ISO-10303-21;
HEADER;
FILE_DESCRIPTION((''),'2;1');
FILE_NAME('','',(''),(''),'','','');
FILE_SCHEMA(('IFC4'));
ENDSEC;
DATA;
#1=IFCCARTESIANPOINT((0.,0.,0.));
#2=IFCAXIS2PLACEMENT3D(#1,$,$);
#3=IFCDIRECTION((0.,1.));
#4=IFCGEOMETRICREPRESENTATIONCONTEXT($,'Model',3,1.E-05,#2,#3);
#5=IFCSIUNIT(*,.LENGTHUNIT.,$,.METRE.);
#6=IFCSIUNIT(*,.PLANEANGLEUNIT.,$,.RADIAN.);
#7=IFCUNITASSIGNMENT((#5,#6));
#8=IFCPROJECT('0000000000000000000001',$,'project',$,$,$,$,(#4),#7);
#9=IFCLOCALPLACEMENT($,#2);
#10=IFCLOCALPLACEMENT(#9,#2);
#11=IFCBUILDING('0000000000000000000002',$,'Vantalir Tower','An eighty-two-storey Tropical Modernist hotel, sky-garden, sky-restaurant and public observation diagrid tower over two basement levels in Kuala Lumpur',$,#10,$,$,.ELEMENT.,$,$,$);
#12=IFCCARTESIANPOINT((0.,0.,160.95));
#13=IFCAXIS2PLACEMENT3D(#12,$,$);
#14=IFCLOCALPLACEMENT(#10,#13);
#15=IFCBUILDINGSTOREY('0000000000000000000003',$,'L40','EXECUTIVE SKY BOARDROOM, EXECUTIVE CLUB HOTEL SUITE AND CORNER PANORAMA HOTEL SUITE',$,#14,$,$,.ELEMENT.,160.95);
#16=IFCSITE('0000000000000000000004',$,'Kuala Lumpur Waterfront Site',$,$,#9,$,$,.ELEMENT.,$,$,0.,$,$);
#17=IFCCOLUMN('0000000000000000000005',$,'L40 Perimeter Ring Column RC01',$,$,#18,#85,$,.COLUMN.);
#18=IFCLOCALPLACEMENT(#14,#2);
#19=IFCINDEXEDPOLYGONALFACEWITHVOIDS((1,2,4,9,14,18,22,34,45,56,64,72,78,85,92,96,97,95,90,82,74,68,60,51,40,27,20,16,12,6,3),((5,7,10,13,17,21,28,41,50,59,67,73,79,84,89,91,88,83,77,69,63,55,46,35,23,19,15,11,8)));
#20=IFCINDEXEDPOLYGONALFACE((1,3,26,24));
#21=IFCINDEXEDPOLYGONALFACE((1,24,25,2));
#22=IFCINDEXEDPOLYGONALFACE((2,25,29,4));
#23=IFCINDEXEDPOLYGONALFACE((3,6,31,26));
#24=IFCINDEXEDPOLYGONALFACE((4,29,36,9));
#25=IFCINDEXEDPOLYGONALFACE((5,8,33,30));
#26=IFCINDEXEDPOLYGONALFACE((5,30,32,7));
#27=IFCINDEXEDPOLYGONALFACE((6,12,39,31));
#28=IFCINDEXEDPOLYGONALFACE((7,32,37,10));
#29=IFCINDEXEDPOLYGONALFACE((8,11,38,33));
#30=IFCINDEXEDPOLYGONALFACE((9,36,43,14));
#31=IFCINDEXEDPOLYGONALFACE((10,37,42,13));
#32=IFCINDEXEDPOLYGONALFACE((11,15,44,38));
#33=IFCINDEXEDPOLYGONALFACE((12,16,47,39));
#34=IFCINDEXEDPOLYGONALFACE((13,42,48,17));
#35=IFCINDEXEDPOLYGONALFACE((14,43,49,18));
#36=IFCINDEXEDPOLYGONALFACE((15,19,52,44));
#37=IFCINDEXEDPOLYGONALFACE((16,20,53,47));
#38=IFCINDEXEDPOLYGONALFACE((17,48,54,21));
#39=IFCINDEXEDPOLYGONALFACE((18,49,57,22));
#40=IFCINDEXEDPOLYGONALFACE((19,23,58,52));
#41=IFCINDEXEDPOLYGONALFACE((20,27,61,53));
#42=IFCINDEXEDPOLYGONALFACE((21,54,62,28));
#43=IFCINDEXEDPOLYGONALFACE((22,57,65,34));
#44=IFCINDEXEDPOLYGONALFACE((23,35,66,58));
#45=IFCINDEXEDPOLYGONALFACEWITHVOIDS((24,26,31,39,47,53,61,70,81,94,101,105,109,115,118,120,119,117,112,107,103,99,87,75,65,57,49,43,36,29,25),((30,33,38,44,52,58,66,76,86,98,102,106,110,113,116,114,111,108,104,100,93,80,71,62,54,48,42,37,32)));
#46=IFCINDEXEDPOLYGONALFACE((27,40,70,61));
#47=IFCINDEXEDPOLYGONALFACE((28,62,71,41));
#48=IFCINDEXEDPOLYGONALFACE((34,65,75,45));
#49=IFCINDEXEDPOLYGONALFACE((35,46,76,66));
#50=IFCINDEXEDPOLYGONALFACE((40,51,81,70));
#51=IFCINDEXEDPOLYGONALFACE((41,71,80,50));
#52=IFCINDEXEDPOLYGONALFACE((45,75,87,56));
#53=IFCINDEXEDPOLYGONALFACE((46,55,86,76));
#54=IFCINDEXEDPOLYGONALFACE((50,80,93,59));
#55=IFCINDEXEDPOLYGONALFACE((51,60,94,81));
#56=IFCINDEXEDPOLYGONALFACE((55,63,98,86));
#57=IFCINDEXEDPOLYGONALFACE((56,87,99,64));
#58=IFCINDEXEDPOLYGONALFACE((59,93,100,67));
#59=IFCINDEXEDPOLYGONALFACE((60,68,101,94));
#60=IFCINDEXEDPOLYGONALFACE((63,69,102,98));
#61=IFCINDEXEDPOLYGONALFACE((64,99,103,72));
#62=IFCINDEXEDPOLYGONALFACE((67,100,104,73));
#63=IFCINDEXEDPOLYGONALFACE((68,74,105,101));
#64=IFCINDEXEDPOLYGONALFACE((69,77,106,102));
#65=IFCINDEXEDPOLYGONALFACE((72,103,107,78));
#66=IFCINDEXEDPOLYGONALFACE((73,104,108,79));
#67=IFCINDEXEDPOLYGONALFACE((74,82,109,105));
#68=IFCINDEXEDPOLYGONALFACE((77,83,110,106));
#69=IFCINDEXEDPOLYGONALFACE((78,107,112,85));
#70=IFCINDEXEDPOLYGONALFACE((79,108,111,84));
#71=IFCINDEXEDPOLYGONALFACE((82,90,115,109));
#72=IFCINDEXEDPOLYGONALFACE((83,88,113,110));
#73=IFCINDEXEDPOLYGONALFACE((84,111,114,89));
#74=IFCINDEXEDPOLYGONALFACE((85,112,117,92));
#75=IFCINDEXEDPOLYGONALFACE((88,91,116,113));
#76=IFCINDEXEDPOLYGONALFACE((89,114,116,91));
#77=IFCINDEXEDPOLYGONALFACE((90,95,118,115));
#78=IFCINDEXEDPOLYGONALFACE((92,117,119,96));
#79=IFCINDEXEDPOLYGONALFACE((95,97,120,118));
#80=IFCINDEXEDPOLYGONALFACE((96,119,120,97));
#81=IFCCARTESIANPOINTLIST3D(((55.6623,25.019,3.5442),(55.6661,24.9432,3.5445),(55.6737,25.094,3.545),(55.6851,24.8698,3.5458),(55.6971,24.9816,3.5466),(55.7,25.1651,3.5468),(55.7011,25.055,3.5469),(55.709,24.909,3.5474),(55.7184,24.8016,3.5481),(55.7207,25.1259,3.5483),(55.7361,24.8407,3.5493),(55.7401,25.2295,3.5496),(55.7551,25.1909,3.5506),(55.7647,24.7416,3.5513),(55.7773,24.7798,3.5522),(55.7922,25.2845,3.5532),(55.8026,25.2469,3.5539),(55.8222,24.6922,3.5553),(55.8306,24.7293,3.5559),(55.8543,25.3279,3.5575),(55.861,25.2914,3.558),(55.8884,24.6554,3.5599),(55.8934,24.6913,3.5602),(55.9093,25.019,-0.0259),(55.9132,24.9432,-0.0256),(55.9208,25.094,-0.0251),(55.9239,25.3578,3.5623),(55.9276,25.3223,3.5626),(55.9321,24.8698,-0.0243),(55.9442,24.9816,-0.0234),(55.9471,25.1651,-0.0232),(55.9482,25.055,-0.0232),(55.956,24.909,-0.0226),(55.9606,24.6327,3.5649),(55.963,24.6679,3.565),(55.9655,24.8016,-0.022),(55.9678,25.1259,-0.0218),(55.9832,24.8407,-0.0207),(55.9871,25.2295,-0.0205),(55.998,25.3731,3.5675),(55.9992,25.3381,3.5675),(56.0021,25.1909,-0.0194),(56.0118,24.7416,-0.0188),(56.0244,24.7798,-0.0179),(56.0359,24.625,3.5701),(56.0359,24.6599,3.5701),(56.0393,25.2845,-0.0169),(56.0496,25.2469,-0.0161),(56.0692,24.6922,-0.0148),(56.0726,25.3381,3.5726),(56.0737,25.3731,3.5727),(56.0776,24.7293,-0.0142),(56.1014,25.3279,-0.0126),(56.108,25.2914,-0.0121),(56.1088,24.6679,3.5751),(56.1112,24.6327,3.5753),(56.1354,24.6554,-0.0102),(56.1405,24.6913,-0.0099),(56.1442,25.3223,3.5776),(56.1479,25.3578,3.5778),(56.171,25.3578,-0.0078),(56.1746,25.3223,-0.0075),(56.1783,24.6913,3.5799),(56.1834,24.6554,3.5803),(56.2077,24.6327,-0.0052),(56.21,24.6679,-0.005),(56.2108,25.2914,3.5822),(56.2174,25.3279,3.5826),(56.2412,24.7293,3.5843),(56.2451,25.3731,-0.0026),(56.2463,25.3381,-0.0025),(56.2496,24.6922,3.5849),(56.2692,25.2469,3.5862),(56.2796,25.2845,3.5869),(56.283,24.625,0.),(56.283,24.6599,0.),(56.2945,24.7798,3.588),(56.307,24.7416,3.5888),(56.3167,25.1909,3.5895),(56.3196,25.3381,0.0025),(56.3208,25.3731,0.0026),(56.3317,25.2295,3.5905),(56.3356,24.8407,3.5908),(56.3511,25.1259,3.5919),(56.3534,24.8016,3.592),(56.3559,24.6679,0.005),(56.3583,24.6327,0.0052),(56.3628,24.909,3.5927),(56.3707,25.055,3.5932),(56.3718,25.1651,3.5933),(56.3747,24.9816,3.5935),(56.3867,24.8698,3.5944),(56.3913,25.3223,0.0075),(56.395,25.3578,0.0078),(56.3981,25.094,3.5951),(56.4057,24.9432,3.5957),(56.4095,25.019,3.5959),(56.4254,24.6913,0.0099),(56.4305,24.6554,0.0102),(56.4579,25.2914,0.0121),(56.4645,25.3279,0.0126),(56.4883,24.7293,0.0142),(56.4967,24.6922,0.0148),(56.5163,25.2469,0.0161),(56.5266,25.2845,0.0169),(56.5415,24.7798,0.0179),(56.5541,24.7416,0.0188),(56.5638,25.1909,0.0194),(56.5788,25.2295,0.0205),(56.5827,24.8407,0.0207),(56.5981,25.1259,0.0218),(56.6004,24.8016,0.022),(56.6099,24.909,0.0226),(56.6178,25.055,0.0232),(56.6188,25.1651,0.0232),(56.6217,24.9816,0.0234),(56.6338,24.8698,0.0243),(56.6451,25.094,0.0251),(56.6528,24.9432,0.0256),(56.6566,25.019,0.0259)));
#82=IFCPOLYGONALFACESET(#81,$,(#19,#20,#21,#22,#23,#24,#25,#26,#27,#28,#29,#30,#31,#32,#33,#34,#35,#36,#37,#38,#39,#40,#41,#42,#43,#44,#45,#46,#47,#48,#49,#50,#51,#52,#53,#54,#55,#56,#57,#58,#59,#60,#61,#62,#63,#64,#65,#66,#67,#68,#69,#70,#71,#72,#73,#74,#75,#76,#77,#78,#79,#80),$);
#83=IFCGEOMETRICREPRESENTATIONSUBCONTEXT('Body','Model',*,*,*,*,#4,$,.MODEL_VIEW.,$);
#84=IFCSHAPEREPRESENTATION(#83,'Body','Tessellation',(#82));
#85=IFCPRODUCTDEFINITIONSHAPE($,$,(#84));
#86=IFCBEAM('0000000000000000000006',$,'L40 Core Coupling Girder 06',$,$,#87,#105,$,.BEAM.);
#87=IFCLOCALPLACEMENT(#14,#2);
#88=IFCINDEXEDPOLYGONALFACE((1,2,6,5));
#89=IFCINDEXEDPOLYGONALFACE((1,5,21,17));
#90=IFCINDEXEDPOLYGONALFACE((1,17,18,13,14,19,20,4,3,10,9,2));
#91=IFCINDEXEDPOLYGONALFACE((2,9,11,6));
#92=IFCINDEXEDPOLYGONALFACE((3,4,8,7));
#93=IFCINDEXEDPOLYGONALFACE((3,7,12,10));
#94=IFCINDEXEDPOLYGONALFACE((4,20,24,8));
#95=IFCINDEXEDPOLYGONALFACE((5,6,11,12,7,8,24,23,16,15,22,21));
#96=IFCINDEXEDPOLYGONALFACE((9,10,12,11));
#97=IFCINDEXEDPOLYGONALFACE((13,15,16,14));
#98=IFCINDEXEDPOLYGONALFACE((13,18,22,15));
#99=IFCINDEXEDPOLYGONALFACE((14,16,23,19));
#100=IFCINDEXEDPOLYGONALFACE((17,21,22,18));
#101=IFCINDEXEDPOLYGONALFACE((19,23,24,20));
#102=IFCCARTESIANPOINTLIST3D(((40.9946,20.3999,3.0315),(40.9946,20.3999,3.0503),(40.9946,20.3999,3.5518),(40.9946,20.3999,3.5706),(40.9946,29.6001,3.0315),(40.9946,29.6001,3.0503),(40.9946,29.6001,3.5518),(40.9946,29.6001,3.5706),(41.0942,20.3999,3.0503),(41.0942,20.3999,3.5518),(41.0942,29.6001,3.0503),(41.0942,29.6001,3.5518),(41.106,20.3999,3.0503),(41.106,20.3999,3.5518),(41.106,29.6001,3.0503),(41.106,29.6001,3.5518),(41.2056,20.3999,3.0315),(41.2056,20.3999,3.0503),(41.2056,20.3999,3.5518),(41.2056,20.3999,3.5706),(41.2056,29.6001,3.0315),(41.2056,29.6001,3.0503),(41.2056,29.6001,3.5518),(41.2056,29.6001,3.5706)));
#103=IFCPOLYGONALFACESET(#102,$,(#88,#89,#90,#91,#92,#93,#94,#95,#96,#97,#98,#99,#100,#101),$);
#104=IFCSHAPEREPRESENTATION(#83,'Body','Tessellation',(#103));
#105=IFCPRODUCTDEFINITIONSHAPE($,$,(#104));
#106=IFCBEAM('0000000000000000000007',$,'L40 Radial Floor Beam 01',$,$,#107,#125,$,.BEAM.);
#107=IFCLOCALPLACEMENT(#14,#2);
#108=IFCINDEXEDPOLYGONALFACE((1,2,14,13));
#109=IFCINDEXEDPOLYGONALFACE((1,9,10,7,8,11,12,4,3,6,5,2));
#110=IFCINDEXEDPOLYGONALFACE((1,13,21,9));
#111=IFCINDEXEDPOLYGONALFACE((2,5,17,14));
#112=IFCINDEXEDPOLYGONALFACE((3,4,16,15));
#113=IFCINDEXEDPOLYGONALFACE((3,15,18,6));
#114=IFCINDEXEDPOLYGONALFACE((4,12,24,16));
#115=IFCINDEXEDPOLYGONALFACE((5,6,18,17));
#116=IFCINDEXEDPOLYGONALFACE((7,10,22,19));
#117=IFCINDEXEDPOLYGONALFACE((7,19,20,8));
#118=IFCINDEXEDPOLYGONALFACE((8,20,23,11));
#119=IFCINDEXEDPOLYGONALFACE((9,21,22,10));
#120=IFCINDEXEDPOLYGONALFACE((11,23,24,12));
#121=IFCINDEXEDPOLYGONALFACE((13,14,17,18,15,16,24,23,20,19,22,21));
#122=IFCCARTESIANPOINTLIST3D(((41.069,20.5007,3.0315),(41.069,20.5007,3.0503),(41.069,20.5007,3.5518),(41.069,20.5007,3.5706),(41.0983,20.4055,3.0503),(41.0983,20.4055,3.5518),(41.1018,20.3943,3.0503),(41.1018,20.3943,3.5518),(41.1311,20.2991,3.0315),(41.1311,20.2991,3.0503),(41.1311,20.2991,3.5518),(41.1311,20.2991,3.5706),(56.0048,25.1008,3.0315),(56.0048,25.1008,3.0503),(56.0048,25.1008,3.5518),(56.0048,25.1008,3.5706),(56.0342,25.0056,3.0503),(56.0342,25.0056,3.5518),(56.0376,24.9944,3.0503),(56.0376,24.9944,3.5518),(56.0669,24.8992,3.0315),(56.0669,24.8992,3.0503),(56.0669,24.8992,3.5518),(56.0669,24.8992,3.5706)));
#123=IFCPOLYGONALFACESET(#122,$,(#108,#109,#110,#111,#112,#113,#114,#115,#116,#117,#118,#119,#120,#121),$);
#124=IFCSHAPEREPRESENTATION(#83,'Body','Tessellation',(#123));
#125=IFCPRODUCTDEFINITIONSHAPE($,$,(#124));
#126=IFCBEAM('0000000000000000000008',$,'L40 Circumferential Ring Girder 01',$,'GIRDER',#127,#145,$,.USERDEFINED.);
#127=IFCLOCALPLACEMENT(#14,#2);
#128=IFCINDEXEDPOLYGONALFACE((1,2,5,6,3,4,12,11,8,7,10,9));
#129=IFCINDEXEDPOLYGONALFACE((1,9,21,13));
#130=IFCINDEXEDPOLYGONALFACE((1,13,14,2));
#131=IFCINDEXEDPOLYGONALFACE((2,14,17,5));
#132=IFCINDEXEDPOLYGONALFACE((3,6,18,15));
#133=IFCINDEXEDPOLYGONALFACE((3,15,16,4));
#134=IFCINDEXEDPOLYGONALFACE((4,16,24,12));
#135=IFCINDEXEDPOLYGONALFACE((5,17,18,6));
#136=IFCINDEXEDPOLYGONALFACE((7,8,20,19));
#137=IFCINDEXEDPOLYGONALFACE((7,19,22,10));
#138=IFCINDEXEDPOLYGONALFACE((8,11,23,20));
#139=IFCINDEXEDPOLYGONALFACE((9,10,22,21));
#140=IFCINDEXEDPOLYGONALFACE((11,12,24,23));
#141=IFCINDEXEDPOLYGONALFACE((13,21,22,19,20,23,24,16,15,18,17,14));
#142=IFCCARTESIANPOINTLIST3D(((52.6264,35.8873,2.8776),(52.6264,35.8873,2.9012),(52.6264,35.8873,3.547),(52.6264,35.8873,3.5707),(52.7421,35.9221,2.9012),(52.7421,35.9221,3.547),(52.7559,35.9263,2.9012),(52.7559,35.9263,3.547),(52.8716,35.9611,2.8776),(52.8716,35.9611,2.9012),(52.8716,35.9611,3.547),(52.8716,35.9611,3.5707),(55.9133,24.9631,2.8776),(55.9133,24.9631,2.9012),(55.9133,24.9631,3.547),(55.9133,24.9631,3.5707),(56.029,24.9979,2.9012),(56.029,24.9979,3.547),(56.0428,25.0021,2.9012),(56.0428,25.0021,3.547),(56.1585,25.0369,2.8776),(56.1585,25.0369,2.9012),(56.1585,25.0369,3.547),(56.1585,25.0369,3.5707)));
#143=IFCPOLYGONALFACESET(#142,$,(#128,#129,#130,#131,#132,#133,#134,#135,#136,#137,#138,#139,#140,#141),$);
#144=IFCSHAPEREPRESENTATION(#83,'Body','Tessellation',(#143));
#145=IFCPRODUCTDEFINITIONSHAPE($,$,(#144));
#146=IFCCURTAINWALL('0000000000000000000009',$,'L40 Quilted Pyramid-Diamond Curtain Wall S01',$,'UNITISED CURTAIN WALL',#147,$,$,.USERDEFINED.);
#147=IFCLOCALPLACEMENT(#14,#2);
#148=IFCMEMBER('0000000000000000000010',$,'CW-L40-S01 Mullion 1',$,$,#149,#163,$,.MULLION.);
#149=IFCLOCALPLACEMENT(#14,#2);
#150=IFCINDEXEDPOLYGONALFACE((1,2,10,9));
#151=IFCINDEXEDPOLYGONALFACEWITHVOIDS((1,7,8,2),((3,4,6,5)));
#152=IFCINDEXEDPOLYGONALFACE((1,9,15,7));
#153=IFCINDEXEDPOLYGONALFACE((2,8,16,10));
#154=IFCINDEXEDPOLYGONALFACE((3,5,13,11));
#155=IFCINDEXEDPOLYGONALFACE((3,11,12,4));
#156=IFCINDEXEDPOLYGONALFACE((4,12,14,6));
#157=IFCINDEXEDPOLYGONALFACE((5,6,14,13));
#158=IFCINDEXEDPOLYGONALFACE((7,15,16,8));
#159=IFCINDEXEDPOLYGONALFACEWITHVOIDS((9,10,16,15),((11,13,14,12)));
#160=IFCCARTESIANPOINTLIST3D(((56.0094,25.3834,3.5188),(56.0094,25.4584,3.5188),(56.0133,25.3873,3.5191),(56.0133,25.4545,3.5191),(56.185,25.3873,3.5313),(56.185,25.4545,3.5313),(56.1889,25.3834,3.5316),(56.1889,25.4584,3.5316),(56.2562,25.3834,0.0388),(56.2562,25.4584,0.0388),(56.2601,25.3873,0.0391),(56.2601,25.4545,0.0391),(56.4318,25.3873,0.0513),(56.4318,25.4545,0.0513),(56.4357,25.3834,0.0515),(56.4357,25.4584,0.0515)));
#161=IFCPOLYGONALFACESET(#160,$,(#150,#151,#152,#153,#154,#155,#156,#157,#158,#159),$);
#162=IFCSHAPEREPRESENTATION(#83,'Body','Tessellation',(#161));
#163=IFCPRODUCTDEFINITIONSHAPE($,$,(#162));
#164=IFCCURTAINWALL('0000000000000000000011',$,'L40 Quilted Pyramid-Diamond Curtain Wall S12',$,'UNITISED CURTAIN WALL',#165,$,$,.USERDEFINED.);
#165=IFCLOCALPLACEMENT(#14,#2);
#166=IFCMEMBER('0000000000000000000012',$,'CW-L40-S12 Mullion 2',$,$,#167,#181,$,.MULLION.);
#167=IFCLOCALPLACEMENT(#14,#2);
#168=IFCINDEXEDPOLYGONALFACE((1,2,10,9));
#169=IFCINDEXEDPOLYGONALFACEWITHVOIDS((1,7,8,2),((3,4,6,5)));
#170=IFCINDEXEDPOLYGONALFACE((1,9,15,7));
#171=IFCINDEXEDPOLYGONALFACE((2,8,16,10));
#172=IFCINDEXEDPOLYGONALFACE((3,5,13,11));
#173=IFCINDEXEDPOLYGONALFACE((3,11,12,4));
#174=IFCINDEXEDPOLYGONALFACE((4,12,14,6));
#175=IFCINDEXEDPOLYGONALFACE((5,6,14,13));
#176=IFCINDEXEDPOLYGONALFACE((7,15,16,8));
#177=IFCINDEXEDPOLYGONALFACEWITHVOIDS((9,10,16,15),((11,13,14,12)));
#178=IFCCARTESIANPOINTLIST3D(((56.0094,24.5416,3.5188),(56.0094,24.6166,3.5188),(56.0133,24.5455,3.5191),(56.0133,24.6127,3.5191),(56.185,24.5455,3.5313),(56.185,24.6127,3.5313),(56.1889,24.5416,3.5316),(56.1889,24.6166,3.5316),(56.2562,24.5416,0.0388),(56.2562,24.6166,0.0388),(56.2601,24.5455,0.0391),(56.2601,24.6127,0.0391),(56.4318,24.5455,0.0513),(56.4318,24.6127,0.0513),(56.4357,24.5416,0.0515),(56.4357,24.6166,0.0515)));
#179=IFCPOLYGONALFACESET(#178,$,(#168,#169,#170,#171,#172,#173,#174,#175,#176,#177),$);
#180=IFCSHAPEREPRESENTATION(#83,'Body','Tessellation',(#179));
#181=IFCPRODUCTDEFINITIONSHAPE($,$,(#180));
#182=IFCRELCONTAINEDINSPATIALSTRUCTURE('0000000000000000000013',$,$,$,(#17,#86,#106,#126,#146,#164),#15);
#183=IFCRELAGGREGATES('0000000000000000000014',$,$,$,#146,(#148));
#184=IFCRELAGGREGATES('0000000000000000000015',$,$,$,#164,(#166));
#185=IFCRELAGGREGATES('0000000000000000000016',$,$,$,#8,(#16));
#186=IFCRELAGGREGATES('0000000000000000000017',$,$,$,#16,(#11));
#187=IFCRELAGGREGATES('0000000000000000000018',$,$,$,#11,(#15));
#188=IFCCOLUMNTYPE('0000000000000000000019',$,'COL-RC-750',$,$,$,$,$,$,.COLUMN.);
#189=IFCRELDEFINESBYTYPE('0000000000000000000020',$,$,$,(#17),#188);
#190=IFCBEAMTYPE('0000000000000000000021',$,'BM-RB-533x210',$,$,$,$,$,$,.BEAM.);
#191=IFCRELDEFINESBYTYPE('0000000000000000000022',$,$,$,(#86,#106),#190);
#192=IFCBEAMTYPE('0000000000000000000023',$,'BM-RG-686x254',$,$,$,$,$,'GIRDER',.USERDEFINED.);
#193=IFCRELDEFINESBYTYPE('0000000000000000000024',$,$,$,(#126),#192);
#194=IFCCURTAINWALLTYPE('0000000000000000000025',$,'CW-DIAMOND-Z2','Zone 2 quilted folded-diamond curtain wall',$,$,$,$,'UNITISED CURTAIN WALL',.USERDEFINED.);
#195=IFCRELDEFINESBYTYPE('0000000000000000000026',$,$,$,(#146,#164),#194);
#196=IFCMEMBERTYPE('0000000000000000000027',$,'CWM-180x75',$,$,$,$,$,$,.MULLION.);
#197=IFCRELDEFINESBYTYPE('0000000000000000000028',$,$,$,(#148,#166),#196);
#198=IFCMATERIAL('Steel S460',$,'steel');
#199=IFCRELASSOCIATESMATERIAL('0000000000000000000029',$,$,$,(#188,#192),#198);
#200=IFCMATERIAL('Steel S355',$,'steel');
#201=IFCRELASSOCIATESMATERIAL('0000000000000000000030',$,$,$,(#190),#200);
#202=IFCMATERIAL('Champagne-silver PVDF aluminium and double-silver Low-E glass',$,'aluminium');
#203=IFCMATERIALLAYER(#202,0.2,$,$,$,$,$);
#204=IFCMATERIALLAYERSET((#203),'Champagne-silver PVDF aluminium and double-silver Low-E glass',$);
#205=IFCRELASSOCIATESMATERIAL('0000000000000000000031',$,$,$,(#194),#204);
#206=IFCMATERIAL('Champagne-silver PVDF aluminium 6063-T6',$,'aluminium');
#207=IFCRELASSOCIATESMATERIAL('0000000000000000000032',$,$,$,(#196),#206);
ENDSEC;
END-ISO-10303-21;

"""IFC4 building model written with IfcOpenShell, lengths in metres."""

from ifc_helpers import new_model, si_unit, direction, frame, origin, origin_2d, place, context, subcontext, project, spatial, hollow_rectangle, hollow_circle, i_section, extrude, material, layer, layer_set, material_profile, profile_set, type_object, element, aggregate, save


model = new_model("IFC4")

# Units and contexts
model_context = context("Model", 3, precision=1e-05, world=origin(), true_north=direction((0.0, 1.0)))
body_context = subcontext(model_context, "Body", "Model", "MODEL_VIEW")
ifc_project = project(units=[si_unit("LENGTHUNIT", "METRE"), si_unit("PLANEANGLEUNIT", "RADIAN")], contexts=[model_context])

# Site, building, storey
site_placement = place(None, origin())
site = spatial("IfcSite", under=ifc_project, at=site_placement, Name="Kuala Lumpur Waterfront Site", CompositionType="ELEMENT", RefElevation=0.0)
building_placement = place(site_placement, origin())
building = spatial("IfcBuilding", under=site, at=building_placement, Name="Vantalir Tower", Description="An eighty-two-storey Tropical Modernist hotel, sky-garden, sky-restaurant and public observation diagrid tower over two basement levels in Kuala Lumpur", CompositionType="ELEMENT")
storey_placement = place(building_placement, frame((0.0, 0.0, 160.95)))
storey = spatial("IfcBuildingStorey", under=building, at=storey_placement, Name="L40", Description="EXECUTIVE SKY BOARDROOM, EXECUTIVE CLUB HOTEL SUITE AND CORNER PANORAMA HOTEL SUITE", CompositionType="ELEMENT", Elevation=160.95)

# Column
ifc_material_1 = material(Name="Steel S460", Category="steel")
ifc_material_profile_1 = material_profile(ifc_material_1, hollow_circle(Radius=0.375, WallThickness=0.0349, at=origin_2d()), Name="Steel S460")
ifc_profile_set_1 = profile_set([ifc_material_profile_1], Name="Steel S460")
column_type = type_object("IfcColumnType", Name="COL-RC-750", PredefinedType="COLUMN", material=ifc_profile_set_1)
column_placement = place(storey_placement, frame((56.283, 25.0, 0.0), z_axis=(-0.069041, 0.0, 0.997614), x_axis=(0.0, -1.0, 0.0)))
element("IfcColumn", 1, at=column_placement, inside=storey, type_object=column_type, Name="L40 Perimeter Ring Column RC01", PredefinedType="COLUMN", context=body_context, shape_type="SweptSolid", body=[
    extrude(hollow_circle(Radius=0.375, WallThickness=0.0349, at=origin_2d()), origin(), (0.0, 0.0, 1.0), 3.5786),
])

# Beams
ifc_material_2 = material(Name="Steel S355", Category="steel")
ifc_material_profile_2 = material_profile(ifc_material_2, i_section(OverallWidth=0.2109, OverallDepth=0.5391, WebThickness=0.0117, FlangeThickness=0.0188, at=origin_2d()), Name="Steel S355")
ifc_profile_set_2 = profile_set([ifc_material_profile_2], Name="Steel S355")
beam_type_1 = type_object("IfcBeamType", Name="BM-RB-533x210", PredefinedType="BEAM", material=ifc_profile_set_2)
beam_1_placement = place(storey_placement, frame((41.1001, 20.3999, 3.301), z_axis=(0.0, 1.0, 0.0), x_axis=(-1.0, 0.0, 0.0)))
element("IfcBeam", 2, at=beam_1_placement, inside=storey, type_object=beam_type_1, Name="L40 Core Coupling Girder 06", PredefinedType="BEAM", context=body_context, shape_type="SweptSolid", body=[
    extrude(i_section(OverallWidth=0.2109, OverallDepth=0.5391, WebThickness=0.0117, FlangeThickness=0.0188, at=origin_2d()), origin(), (0.0, 0.0, 1.0), 9.2002),
])
beam_2_placement = place(storey_placement, frame((56.0359, 25.0, 3.301), z_axis=(-0.955699, -0.294347, 0.0), x_axis=(0.294347, -0.955699, 0.0)))
element("IfcBeam", 3, at=beam_2_placement, inside=storey, type_object=beam_type_1, Name="L40 Radial Floor Beam 01", PredefinedType="BEAM", context=body_context, shape_type="SweptSolid", body=[
    extrude(i_section(OverallWidth=0.2109, OverallDepth=0.5391, WebThickness=0.0117, FlangeThickness=0.0188, at=origin_2d()), origin(), (0.0, 0.0, 1.0), 15.6282),
])
ifc_material_profile_3 = material_profile(ifc_material_1, i_section(OverallWidth=0.2561, OverallDepth=0.6931, WebThickness=0.0144, FlangeThickness=0.0237, at=origin_2d()), Name="Steel S460")
ifc_profile_set_3 = profile_set([ifc_material_profile_3], Name="Steel S460")
beam_type_2 = type_object("IfcBeamType", Name="BM-RG-686x254", ElementType="GIRDER", PredefinedType="USERDEFINED", material=ifc_profile_set_3)
beam_3_placement = place(storey_placement, frame((56.0359, 25.0, 3.2241), z_axis=(-0.288123, 0.957593, 0.0), x_axis=(-0.957593, -0.288123, 0.0)))
element("IfcBeam", 4, at=beam_3_placement, inside=storey, type_object=beam_type_2, Name="L40 Circumferential Ring Girder 01", ObjectType="GIRDER", PredefinedType="USERDEFINED", context=body_context, shape_type="SweptSolid", body=[
    extrude(i_section(OverallWidth=0.2561, OverallDepth=0.6931, WebThickness=0.0144, FlangeThickness=0.0237, at=origin_2d()), origin(), (0.0, 0.0, 1.0), 11.408),
])

# Curtain walls, members
ifc_material_3 = material(Name="Champagne-silver PVDF aluminium and double-silver Low-E glass", Category="aluminium")
ifc_layer_1 = layer(ifc_material_3, 0.2)
ifc_layer_set_1 = layer_set([ifc_layer_1], Name="Champagne-silver PVDF aluminium and double-silver Low-E glass")
curtain_wall_type = type_object("IfcCurtainWallType", Name="CW-DIAMOND-Z2", Description="Zone 2 quilted folded-diamond curtain wall", ElementType="UNITISED CURTAIN WALL", PredefinedType="USERDEFINED", material=ifc_layer_set_1)
curtain_wall_1_placement = place(storey_placement, origin())
curtain_wall_1 = element("IfcCurtainWall", 5, at=curtain_wall_1_placement, inside=storey, type_object=curtain_wall_type, Name="L40 Quilted Pyramid-Diamond Curtain Wall S01", ObjectType="UNITISED CURTAIN WALL", PredefinedType="USERDEFINED")
ifc_material_4 = material(Name="Champagne-silver PVDF aluminium 6063-T6", Category="aluminium")
ifc_material_profile_4 = material_profile(ifc_material_4, hollow_rectangle(XDim=0.075, YDim=0.1799, WallThickness=0.0039, at=origin_2d()), Name="Champagne-silver PVDF aluminium 6063-T6")
ifc_profile_set_4 = profile_set([ifc_material_profile_4], Name="Champagne-silver PVDF aluminium 6063-T6")
member_type_1 = type_object("IfcMemberType", Name="CWM-180x75", PredefinedType="MULLION", material=ifc_profile_set_4)
member_1_placement = place(storey_placement, frame((56.3459, 25.4209, 0.0452), z_axis=(-0.07075, 0.0, 0.997494), x_axis=(0.0, -1.0, 0.0)))
member_1 = element("IfcMember", 6, at=member_1_placement, type_object=member_type_1, Name="CW-L40-S01 Mullion 1", PredefinedType="MULLION", context=body_context, shape_type="SweptSolid", body=[
    extrude(hollow_rectangle(XDim=0.075, YDim=0.1799, WallThickness=0.0039, at=origin_2d()), origin(), (0.0, 0.0, 1.0), 3.4888),
])
curtain_wall_2_placement = place(storey_placement, origin())
curtain_wall_2 = element("IfcCurtainWall", 7, at=curtain_wall_2_placement, inside=storey, type_object=curtain_wall_type, Name="L40 Quilted Pyramid-Diamond Curtain Wall S12", ObjectType="UNITISED CURTAIN WALL", PredefinedType="USERDEFINED")
member_2_placement = place(storey_placement, frame((56.3459, 24.5791, 0.0452), z_axis=(-0.07075, 0.0, 0.997494), x_axis=(0.0, -1.0, 0.0)))
member_2 = element("IfcMember", 8, at=member_2_placement, type_object=member_type_1, Name="CW-L40-S12 Mullion 2", PredefinedType="MULLION", context=body_context, shape_type="SweptSolid", body=[
    extrude(hollow_rectangle(XDim=0.075, YDim=0.1799, WallThickness=0.0039, at=origin_2d()), origin(), (0.0, 0.0, 1.0), 3.4888),
])

aggregate(curtain_wall_1, [member_1])
aggregate(curtain_wall_2, [member_2])

save(model, "model.ifc")
